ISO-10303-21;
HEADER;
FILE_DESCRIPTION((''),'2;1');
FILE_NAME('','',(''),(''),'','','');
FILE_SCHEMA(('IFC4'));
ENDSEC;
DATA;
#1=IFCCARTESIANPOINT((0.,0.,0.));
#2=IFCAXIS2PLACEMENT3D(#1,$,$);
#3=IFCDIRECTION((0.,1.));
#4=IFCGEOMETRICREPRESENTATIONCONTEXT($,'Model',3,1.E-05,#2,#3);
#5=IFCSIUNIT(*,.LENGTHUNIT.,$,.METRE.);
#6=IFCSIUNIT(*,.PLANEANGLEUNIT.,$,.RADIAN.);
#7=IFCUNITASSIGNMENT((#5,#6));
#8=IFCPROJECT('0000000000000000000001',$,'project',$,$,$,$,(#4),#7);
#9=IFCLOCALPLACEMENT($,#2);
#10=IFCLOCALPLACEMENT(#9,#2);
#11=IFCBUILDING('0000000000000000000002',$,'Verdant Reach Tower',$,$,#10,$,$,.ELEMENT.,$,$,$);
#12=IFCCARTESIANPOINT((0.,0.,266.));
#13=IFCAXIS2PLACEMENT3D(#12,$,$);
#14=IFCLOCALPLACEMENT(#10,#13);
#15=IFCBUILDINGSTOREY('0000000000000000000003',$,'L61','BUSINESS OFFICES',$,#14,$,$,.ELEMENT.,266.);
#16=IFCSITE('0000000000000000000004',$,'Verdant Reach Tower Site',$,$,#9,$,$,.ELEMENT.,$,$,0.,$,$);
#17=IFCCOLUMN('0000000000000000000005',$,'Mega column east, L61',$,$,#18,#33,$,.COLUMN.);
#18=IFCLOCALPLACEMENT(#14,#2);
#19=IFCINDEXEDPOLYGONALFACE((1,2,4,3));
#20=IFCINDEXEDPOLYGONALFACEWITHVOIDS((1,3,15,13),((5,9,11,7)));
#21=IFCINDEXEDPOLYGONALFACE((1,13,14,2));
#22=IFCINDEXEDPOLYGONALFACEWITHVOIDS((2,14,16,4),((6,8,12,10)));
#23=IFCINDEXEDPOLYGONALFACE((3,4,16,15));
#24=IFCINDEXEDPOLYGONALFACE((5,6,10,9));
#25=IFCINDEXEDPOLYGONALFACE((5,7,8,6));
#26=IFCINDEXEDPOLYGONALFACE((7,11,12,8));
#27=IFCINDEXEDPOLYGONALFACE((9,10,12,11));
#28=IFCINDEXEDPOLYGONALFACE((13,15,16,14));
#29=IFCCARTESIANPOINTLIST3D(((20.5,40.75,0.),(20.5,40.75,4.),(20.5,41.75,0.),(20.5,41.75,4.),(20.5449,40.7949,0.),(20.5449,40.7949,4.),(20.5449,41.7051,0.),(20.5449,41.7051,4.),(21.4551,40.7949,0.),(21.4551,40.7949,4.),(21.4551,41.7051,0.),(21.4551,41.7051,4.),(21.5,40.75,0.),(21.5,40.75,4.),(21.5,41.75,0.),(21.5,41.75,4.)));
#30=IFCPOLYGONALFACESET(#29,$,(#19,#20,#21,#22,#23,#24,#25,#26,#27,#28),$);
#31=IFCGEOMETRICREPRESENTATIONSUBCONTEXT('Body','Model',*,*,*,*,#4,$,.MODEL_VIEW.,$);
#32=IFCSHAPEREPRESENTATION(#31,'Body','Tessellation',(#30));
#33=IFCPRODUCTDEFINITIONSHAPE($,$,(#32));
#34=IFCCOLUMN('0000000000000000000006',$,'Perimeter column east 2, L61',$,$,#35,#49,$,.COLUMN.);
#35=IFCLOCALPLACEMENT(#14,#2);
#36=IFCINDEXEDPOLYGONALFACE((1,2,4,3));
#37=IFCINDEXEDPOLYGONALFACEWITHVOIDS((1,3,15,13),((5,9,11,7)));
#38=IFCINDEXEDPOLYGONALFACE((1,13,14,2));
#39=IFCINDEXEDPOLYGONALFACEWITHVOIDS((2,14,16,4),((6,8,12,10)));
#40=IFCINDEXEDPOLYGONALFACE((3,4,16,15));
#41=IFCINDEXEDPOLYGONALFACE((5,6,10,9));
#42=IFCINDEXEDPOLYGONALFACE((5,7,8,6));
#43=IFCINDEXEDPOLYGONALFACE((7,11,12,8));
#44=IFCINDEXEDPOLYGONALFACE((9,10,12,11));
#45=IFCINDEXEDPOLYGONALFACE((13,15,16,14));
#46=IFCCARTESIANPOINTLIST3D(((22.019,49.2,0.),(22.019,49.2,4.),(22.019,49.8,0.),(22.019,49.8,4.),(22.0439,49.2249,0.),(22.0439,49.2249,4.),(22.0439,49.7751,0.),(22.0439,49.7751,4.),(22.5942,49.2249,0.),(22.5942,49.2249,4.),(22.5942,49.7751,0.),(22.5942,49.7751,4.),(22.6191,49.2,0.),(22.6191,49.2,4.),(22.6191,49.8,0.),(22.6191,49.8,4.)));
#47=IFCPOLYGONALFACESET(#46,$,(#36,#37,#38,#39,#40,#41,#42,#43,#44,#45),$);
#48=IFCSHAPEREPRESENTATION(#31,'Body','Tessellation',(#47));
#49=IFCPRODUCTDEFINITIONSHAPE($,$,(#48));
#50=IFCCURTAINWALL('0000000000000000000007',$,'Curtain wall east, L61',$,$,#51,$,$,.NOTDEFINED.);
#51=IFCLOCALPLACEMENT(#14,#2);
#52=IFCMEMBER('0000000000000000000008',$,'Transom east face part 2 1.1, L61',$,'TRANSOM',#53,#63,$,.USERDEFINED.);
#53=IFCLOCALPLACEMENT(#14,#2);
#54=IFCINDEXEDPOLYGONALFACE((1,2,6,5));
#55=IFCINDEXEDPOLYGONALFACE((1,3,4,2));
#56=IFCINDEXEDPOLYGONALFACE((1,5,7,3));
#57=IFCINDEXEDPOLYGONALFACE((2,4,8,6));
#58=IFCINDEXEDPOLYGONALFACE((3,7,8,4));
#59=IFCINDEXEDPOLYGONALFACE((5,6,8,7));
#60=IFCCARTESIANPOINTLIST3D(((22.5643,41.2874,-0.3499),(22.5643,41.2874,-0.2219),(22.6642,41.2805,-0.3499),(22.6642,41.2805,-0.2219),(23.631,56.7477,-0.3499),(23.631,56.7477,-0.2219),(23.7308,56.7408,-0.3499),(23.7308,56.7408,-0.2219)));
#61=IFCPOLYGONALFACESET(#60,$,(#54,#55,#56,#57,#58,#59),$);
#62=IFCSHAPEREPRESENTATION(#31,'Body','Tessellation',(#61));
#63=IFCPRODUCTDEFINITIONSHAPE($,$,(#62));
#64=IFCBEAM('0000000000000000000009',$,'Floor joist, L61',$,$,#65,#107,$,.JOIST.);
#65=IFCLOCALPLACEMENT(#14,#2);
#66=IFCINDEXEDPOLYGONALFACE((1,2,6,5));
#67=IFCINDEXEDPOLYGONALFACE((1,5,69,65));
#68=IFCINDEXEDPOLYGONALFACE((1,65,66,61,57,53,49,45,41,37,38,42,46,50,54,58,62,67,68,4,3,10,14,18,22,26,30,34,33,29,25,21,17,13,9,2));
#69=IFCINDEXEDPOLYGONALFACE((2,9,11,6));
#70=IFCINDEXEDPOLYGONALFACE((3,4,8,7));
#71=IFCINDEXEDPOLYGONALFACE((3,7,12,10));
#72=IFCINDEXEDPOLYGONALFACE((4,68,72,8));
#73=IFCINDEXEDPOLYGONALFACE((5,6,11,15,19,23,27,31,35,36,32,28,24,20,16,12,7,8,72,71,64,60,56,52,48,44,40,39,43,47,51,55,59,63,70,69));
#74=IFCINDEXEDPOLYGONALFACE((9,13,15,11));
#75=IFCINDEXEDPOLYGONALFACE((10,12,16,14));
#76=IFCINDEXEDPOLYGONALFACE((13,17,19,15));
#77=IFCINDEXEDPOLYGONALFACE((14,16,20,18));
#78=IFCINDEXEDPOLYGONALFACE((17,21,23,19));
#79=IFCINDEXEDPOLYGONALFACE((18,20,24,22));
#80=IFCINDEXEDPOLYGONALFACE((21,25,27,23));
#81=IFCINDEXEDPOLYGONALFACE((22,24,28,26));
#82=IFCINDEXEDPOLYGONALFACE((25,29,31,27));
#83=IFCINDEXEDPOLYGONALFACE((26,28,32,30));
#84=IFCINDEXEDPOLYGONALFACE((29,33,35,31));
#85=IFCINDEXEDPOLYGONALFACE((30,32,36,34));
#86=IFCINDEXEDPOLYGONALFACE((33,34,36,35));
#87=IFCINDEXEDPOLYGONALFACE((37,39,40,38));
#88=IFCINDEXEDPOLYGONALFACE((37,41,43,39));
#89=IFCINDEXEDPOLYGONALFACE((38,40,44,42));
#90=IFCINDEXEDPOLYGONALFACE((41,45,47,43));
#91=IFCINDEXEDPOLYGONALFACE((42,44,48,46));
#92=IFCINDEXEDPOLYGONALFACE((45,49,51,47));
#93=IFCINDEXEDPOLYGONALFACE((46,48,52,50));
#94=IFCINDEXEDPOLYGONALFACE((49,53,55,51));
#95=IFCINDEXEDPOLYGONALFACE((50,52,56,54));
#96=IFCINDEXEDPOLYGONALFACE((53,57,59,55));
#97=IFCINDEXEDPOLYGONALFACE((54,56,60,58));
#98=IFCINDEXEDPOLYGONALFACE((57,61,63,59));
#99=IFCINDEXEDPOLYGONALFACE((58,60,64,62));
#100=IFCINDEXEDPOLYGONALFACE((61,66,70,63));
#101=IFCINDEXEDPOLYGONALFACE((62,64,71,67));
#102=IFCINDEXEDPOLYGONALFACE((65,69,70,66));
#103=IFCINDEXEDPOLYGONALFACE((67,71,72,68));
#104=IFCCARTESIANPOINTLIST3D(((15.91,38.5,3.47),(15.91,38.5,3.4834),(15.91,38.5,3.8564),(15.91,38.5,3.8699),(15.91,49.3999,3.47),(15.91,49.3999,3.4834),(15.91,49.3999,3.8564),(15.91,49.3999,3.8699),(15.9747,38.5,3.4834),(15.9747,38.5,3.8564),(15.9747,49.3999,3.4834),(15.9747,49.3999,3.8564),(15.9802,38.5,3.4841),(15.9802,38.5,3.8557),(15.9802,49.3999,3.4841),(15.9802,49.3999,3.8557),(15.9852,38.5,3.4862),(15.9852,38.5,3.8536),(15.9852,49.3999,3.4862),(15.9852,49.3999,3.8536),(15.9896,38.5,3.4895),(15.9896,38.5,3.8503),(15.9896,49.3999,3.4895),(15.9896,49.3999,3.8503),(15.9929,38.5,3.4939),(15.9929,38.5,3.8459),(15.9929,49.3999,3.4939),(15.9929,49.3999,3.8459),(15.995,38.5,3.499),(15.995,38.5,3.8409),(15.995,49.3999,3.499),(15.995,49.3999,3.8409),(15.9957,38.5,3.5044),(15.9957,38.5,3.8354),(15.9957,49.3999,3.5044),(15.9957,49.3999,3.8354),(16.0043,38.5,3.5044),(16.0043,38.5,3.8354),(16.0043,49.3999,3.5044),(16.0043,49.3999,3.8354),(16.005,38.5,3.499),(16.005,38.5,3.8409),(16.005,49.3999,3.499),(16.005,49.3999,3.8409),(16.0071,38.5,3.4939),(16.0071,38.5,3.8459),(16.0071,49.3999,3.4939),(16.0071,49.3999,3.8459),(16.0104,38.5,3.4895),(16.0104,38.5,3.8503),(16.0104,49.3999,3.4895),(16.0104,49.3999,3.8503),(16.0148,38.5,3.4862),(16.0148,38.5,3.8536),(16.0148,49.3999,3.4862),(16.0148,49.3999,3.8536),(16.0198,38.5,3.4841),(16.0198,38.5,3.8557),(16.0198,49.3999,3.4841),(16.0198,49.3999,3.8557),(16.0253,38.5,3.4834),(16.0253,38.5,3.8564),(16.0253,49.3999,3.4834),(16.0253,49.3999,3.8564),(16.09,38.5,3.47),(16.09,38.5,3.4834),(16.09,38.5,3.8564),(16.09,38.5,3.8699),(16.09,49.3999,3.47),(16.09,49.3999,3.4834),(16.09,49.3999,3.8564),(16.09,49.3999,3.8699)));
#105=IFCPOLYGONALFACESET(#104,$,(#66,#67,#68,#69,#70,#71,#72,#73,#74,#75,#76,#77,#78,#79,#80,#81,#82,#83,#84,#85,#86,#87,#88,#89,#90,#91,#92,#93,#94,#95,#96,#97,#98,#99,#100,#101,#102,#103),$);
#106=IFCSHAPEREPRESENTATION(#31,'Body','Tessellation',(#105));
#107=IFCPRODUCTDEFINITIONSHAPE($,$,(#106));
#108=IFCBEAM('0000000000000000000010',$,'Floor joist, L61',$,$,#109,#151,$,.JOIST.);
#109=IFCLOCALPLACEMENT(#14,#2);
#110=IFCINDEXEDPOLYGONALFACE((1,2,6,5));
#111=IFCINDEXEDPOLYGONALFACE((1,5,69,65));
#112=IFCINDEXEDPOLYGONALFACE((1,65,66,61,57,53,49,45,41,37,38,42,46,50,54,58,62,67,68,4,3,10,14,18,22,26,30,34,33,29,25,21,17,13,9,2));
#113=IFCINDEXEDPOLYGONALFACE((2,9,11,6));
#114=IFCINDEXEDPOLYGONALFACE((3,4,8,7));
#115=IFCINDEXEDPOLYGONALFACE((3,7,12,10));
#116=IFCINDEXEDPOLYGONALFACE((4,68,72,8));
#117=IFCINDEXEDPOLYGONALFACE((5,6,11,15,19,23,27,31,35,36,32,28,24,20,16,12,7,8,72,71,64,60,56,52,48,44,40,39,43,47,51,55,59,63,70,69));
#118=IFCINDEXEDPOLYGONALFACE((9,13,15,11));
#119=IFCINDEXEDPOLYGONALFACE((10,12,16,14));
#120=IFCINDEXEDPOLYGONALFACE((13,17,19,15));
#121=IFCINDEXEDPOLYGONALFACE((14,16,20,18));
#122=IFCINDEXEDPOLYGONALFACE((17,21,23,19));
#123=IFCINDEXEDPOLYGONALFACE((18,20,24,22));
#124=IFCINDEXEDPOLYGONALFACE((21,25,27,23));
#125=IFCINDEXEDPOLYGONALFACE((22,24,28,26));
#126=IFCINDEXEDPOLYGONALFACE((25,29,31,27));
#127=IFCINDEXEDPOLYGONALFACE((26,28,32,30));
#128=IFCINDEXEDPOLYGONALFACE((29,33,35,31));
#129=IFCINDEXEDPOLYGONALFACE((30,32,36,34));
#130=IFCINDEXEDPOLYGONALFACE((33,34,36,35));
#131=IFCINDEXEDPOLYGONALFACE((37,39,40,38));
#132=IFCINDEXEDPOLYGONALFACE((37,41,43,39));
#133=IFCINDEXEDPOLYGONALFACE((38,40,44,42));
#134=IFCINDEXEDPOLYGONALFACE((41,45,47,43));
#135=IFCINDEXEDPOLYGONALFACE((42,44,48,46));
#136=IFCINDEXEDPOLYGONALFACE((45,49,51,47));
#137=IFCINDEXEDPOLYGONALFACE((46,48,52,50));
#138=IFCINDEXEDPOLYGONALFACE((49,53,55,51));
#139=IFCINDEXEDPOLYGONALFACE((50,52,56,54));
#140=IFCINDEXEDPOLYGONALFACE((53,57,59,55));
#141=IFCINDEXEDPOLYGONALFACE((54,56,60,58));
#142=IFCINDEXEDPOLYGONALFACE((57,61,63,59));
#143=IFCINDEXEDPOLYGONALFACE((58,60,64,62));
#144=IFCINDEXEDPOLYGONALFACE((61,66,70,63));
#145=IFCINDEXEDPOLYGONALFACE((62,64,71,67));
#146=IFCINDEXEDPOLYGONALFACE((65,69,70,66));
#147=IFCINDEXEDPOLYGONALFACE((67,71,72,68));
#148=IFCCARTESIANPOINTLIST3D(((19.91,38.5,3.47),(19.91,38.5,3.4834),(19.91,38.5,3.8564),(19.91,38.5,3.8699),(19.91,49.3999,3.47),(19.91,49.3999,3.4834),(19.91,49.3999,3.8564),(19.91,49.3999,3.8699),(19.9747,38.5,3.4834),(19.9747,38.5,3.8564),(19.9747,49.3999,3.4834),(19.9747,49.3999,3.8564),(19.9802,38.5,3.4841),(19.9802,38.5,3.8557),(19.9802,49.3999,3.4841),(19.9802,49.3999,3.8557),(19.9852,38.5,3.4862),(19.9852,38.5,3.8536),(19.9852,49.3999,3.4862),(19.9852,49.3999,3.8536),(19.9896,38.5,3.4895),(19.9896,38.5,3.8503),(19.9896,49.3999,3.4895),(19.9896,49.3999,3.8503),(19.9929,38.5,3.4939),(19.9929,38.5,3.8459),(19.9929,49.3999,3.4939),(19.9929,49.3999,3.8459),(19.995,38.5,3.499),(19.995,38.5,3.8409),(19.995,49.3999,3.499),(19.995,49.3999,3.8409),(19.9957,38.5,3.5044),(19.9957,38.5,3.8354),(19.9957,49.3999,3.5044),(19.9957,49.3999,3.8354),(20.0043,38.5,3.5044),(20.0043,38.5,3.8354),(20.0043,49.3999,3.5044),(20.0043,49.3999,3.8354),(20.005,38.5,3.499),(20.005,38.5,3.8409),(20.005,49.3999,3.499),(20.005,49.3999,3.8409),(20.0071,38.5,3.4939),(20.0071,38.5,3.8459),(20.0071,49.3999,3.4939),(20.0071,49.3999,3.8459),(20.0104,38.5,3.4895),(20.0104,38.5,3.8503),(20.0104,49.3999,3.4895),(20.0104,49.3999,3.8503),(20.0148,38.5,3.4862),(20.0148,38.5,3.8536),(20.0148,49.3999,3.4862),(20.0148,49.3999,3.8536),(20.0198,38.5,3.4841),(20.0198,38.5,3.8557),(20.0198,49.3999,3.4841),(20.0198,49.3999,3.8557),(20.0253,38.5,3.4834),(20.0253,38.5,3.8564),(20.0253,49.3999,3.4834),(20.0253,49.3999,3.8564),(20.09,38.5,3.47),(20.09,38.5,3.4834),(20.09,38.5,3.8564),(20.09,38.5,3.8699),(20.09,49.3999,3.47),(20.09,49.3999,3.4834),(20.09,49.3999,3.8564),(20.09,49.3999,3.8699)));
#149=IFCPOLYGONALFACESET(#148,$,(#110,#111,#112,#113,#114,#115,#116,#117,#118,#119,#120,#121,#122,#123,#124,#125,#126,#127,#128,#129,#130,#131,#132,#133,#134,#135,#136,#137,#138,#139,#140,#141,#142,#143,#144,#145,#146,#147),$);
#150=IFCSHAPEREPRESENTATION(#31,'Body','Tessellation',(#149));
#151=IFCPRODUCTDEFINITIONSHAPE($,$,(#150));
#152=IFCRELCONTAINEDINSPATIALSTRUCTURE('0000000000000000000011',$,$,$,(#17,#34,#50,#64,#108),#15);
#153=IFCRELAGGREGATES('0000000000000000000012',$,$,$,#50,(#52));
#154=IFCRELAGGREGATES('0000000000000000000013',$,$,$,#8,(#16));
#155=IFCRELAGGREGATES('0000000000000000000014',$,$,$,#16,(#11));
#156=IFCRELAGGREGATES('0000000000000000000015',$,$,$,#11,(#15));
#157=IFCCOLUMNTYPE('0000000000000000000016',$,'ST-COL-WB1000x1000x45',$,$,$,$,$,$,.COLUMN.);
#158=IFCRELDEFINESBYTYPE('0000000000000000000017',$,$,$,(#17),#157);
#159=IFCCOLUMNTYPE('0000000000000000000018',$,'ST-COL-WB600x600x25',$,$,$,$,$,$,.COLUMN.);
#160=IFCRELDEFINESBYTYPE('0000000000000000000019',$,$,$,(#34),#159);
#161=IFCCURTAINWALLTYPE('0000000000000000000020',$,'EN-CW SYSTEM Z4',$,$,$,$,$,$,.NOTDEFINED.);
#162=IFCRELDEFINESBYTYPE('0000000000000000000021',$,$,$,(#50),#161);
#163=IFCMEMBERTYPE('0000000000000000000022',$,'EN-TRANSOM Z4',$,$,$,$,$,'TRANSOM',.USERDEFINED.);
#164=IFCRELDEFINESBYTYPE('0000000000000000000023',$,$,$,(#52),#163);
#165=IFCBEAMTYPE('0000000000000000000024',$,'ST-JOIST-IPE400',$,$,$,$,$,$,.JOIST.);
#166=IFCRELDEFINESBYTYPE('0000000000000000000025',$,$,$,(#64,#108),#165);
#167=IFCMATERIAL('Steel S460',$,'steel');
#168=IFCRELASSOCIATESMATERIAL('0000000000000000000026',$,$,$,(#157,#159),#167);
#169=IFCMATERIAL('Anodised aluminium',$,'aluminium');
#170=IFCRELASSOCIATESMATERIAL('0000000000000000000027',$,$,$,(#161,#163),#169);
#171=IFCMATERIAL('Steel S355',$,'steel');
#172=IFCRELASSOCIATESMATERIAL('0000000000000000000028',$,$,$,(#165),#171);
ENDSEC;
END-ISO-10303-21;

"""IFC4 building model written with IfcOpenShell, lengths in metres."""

from ifc_helpers import new_model, si_unit, direction, frame, origin, origin_2d, place, context, subcontext, project, spatial, rectangle, hollow_rectangle, i_section, extrude, material, material_profile, profile_set, type_object, element, aggregate, save


model = new_model("IFC4")

# Units and contexts
model_context = context("Model", 3, precision=1e-05, world=origin(), true_north=direction((0.0, 1.0)))
body_context = subcontext(model_context, "Body", "Model", "MODEL_VIEW")
ifc_project = project(units=[si_unit("LENGTHUNIT", "METRE"), si_unit("PLANEANGLEUNIT", "RADIAN")], contexts=[model_context])

# Site, building, storey
site_placement = place(None, origin())
site = spatial("IfcSite", under=ifc_project, at=site_placement, Name="Verdant Reach Tower Site", CompositionType="ELEMENT", RefElevation=0.0)
building_placement = place(site_placement, origin())
building = spatial("IfcBuilding", under=site, at=building_placement, Name="Verdant Reach Tower", CompositionType="ELEMENT")
storey_placement = place(building_placement, frame((0.0, 0.0, 266.0)))
storey = spatial("IfcBuildingStorey", under=building, at=storey_placement, Name="L61", Description="BUSINESS OFFICES", CompositionType="ELEMENT", Elevation=266.0)

# Columns
ifc_material_1 = material(Name="Steel S460", Category="steel")
ifc_material_profile_1 = material_profile(ifc_material_1, hollow_rectangle(XDim=1.0, YDim=1.0, WallThickness=0.0449, at=origin_2d()), Name="WB 1000x1000x45")
ifc_profile_set_1 = profile_set([ifc_material_profile_1], Name="Steel S460")
column_type_1 = type_object("IfcColumnType", Name="ST-COL-WB1000x1000x45", PredefinedType="COLUMN", material=ifc_profile_set_1)
column_1_placement = place(storey_placement, frame((21.0, 41.25, 0.0), z_axis=(0.0, 0.0, 1.0), x_axis=(1.0, 0.0, 0.0)))
element("IfcColumn", 1, at=column_1_placement, inside=storey, type_object=column_type_1, Name="Mega column east, L61", PredefinedType="COLUMN", context=body_context, shape_type="SweptSolid", body=[
    extrude(hollow_rectangle(XDim=1.0, YDim=1.0, WallThickness=0.0449, at=origin_2d()), origin(), (0.0, 0.0, 1.0), 4.0),
])
ifc_material_profile_2 = material_profile(ifc_material_1, hollow_rectangle(XDim=0.6001, YDim=0.6001, WallThickness=0.0249, at=origin_2d()), Name="WB 600x600x25")
ifc_profile_set_2 = profile_set([ifc_material_profile_2], Name="Steel S460")
column_type_2 = type_object("IfcColumnType", Name="ST-COL-WB600x600x25", PredefinedType="COLUMN", material=ifc_profile_set_2)
column_2_placement = place(storey_placement, frame((22.3191, 49.5, 0.0), z_axis=(0.0, 0.0, 1.0), x_axis=(1.0, 0.0, 0.0)))
element("IfcColumn", 2, at=column_2_placement, inside=storey, type_object=column_type_2, Name="Perimeter column east 2, L61", PredefinedType="COLUMN", context=body_context, shape_type="SweptSolid", body=[
    extrude(hollow_rectangle(XDim=0.6001, YDim=0.6001, WallThickness=0.0249, at=origin_2d()), origin(), (0.0, 0.0, 1.0), 4.0),
])

# Curtain wall, member
ifc_material_2 = material(Name="Anodised aluminium", Category="aluminium")
curtain_wall_type = type_object("IfcCurtainWallType", Name="EN-CW SYSTEM Z4", PredefinedType="NOTDEFINED", material=ifc_material_2)
curtain_wall_placement = place(storey_placement, origin())
curtain_wall = element("IfcCurtainWall", 3, at=curtain_wall_placement, inside=storey, type_object=curtain_wall_type, Name="Curtain wall east, L61", PredefinedType="NOTDEFINED")
ifc_material_profile_3 = material_profile(ifc_material_2, rectangle(XDim=0.1001, YDim=0.1279, at=origin_2d()), Name="Transom 128x100")
ifc_profile_set_3 = profile_set([ifc_material_profile_3], Name="Anodised aluminium")
member_type = type_object("IfcMemberType", Name="EN-TRANSOM Z4", ElementType="TRANSOM", PredefinedType="USERDEFINED", material=ifc_profile_set_3)
member_placement = place(storey_placement, frame((22.6143, 41.2839, -0.2859), z_axis=(0.06883, 0.997628, 0.0), x_axis=(-0.997628, 0.06883, 0.0)))
member = element("IfcMember", 4, at=member_placement, type_object=member_type, Name="Transom east face part 2 1.1, L61", ObjectType="TRANSOM", PredefinedType="USERDEFINED", context=body_context, shape_type="SweptSolid", body=[
    extrude(rectangle(XDim=0.1001, YDim=0.1279, at=origin_2d()), origin(), (0.0, 0.0, 1.0), 15.4971),
])

# Beams
ifc_material_3 = material(Name="Steel S355", Category="steel")
ifc_material_profile_4 = material_profile(ifc_material_3, i_section(OverallWidth=0.1799, OverallDepth=0.3999, WebThickness=0.0085, FlangeThickness=0.0134, FilletRadius=0.021, at=origin_2d()), Name="IPE 400")
ifc_profile_set_4 = profile_set([ifc_material_profile_4], Name="Steel S355")
beam_type_1 = type_object("IfcBeamType", Name="ST-JOIST-IPE400", PredefinedType="JOIST", material=ifc_profile_set_4)
for number, where, z_axis, x_axis, name in (
    (5, (16.0, 38.5, 3.6699), (0.0, 1.0, 0.0), (-1.0, 0.0, 0.0), "Floor joist, L61"),
    (6, (20.0, 38.5, 3.6699), (0.0, 1.0, 0.0), (-1.0, 0.0, 0.0), "Floor joist, L61"),
):
    element("IfcBeam", number, at=place(storey_placement, frame(where, z_axis=z_axis, x_axis=x_axis)), inside=storey, type_object=beam_type_1, Name=name, PredefinedType="JOIST", context=body_context, shape_type="SweptSolid", body=[
        extrude(i_section(OverallWidth=0.1799, OverallDepth=0.3999, WebThickness=0.0085, FlangeThickness=0.0134, FilletRadius=0.021, at=origin_2d()), origin(), (0.0, 0.0, 1.0), 10.8999),
    ])

aggregate(curtain_wall, [member])

save(model, "model.ifc")
